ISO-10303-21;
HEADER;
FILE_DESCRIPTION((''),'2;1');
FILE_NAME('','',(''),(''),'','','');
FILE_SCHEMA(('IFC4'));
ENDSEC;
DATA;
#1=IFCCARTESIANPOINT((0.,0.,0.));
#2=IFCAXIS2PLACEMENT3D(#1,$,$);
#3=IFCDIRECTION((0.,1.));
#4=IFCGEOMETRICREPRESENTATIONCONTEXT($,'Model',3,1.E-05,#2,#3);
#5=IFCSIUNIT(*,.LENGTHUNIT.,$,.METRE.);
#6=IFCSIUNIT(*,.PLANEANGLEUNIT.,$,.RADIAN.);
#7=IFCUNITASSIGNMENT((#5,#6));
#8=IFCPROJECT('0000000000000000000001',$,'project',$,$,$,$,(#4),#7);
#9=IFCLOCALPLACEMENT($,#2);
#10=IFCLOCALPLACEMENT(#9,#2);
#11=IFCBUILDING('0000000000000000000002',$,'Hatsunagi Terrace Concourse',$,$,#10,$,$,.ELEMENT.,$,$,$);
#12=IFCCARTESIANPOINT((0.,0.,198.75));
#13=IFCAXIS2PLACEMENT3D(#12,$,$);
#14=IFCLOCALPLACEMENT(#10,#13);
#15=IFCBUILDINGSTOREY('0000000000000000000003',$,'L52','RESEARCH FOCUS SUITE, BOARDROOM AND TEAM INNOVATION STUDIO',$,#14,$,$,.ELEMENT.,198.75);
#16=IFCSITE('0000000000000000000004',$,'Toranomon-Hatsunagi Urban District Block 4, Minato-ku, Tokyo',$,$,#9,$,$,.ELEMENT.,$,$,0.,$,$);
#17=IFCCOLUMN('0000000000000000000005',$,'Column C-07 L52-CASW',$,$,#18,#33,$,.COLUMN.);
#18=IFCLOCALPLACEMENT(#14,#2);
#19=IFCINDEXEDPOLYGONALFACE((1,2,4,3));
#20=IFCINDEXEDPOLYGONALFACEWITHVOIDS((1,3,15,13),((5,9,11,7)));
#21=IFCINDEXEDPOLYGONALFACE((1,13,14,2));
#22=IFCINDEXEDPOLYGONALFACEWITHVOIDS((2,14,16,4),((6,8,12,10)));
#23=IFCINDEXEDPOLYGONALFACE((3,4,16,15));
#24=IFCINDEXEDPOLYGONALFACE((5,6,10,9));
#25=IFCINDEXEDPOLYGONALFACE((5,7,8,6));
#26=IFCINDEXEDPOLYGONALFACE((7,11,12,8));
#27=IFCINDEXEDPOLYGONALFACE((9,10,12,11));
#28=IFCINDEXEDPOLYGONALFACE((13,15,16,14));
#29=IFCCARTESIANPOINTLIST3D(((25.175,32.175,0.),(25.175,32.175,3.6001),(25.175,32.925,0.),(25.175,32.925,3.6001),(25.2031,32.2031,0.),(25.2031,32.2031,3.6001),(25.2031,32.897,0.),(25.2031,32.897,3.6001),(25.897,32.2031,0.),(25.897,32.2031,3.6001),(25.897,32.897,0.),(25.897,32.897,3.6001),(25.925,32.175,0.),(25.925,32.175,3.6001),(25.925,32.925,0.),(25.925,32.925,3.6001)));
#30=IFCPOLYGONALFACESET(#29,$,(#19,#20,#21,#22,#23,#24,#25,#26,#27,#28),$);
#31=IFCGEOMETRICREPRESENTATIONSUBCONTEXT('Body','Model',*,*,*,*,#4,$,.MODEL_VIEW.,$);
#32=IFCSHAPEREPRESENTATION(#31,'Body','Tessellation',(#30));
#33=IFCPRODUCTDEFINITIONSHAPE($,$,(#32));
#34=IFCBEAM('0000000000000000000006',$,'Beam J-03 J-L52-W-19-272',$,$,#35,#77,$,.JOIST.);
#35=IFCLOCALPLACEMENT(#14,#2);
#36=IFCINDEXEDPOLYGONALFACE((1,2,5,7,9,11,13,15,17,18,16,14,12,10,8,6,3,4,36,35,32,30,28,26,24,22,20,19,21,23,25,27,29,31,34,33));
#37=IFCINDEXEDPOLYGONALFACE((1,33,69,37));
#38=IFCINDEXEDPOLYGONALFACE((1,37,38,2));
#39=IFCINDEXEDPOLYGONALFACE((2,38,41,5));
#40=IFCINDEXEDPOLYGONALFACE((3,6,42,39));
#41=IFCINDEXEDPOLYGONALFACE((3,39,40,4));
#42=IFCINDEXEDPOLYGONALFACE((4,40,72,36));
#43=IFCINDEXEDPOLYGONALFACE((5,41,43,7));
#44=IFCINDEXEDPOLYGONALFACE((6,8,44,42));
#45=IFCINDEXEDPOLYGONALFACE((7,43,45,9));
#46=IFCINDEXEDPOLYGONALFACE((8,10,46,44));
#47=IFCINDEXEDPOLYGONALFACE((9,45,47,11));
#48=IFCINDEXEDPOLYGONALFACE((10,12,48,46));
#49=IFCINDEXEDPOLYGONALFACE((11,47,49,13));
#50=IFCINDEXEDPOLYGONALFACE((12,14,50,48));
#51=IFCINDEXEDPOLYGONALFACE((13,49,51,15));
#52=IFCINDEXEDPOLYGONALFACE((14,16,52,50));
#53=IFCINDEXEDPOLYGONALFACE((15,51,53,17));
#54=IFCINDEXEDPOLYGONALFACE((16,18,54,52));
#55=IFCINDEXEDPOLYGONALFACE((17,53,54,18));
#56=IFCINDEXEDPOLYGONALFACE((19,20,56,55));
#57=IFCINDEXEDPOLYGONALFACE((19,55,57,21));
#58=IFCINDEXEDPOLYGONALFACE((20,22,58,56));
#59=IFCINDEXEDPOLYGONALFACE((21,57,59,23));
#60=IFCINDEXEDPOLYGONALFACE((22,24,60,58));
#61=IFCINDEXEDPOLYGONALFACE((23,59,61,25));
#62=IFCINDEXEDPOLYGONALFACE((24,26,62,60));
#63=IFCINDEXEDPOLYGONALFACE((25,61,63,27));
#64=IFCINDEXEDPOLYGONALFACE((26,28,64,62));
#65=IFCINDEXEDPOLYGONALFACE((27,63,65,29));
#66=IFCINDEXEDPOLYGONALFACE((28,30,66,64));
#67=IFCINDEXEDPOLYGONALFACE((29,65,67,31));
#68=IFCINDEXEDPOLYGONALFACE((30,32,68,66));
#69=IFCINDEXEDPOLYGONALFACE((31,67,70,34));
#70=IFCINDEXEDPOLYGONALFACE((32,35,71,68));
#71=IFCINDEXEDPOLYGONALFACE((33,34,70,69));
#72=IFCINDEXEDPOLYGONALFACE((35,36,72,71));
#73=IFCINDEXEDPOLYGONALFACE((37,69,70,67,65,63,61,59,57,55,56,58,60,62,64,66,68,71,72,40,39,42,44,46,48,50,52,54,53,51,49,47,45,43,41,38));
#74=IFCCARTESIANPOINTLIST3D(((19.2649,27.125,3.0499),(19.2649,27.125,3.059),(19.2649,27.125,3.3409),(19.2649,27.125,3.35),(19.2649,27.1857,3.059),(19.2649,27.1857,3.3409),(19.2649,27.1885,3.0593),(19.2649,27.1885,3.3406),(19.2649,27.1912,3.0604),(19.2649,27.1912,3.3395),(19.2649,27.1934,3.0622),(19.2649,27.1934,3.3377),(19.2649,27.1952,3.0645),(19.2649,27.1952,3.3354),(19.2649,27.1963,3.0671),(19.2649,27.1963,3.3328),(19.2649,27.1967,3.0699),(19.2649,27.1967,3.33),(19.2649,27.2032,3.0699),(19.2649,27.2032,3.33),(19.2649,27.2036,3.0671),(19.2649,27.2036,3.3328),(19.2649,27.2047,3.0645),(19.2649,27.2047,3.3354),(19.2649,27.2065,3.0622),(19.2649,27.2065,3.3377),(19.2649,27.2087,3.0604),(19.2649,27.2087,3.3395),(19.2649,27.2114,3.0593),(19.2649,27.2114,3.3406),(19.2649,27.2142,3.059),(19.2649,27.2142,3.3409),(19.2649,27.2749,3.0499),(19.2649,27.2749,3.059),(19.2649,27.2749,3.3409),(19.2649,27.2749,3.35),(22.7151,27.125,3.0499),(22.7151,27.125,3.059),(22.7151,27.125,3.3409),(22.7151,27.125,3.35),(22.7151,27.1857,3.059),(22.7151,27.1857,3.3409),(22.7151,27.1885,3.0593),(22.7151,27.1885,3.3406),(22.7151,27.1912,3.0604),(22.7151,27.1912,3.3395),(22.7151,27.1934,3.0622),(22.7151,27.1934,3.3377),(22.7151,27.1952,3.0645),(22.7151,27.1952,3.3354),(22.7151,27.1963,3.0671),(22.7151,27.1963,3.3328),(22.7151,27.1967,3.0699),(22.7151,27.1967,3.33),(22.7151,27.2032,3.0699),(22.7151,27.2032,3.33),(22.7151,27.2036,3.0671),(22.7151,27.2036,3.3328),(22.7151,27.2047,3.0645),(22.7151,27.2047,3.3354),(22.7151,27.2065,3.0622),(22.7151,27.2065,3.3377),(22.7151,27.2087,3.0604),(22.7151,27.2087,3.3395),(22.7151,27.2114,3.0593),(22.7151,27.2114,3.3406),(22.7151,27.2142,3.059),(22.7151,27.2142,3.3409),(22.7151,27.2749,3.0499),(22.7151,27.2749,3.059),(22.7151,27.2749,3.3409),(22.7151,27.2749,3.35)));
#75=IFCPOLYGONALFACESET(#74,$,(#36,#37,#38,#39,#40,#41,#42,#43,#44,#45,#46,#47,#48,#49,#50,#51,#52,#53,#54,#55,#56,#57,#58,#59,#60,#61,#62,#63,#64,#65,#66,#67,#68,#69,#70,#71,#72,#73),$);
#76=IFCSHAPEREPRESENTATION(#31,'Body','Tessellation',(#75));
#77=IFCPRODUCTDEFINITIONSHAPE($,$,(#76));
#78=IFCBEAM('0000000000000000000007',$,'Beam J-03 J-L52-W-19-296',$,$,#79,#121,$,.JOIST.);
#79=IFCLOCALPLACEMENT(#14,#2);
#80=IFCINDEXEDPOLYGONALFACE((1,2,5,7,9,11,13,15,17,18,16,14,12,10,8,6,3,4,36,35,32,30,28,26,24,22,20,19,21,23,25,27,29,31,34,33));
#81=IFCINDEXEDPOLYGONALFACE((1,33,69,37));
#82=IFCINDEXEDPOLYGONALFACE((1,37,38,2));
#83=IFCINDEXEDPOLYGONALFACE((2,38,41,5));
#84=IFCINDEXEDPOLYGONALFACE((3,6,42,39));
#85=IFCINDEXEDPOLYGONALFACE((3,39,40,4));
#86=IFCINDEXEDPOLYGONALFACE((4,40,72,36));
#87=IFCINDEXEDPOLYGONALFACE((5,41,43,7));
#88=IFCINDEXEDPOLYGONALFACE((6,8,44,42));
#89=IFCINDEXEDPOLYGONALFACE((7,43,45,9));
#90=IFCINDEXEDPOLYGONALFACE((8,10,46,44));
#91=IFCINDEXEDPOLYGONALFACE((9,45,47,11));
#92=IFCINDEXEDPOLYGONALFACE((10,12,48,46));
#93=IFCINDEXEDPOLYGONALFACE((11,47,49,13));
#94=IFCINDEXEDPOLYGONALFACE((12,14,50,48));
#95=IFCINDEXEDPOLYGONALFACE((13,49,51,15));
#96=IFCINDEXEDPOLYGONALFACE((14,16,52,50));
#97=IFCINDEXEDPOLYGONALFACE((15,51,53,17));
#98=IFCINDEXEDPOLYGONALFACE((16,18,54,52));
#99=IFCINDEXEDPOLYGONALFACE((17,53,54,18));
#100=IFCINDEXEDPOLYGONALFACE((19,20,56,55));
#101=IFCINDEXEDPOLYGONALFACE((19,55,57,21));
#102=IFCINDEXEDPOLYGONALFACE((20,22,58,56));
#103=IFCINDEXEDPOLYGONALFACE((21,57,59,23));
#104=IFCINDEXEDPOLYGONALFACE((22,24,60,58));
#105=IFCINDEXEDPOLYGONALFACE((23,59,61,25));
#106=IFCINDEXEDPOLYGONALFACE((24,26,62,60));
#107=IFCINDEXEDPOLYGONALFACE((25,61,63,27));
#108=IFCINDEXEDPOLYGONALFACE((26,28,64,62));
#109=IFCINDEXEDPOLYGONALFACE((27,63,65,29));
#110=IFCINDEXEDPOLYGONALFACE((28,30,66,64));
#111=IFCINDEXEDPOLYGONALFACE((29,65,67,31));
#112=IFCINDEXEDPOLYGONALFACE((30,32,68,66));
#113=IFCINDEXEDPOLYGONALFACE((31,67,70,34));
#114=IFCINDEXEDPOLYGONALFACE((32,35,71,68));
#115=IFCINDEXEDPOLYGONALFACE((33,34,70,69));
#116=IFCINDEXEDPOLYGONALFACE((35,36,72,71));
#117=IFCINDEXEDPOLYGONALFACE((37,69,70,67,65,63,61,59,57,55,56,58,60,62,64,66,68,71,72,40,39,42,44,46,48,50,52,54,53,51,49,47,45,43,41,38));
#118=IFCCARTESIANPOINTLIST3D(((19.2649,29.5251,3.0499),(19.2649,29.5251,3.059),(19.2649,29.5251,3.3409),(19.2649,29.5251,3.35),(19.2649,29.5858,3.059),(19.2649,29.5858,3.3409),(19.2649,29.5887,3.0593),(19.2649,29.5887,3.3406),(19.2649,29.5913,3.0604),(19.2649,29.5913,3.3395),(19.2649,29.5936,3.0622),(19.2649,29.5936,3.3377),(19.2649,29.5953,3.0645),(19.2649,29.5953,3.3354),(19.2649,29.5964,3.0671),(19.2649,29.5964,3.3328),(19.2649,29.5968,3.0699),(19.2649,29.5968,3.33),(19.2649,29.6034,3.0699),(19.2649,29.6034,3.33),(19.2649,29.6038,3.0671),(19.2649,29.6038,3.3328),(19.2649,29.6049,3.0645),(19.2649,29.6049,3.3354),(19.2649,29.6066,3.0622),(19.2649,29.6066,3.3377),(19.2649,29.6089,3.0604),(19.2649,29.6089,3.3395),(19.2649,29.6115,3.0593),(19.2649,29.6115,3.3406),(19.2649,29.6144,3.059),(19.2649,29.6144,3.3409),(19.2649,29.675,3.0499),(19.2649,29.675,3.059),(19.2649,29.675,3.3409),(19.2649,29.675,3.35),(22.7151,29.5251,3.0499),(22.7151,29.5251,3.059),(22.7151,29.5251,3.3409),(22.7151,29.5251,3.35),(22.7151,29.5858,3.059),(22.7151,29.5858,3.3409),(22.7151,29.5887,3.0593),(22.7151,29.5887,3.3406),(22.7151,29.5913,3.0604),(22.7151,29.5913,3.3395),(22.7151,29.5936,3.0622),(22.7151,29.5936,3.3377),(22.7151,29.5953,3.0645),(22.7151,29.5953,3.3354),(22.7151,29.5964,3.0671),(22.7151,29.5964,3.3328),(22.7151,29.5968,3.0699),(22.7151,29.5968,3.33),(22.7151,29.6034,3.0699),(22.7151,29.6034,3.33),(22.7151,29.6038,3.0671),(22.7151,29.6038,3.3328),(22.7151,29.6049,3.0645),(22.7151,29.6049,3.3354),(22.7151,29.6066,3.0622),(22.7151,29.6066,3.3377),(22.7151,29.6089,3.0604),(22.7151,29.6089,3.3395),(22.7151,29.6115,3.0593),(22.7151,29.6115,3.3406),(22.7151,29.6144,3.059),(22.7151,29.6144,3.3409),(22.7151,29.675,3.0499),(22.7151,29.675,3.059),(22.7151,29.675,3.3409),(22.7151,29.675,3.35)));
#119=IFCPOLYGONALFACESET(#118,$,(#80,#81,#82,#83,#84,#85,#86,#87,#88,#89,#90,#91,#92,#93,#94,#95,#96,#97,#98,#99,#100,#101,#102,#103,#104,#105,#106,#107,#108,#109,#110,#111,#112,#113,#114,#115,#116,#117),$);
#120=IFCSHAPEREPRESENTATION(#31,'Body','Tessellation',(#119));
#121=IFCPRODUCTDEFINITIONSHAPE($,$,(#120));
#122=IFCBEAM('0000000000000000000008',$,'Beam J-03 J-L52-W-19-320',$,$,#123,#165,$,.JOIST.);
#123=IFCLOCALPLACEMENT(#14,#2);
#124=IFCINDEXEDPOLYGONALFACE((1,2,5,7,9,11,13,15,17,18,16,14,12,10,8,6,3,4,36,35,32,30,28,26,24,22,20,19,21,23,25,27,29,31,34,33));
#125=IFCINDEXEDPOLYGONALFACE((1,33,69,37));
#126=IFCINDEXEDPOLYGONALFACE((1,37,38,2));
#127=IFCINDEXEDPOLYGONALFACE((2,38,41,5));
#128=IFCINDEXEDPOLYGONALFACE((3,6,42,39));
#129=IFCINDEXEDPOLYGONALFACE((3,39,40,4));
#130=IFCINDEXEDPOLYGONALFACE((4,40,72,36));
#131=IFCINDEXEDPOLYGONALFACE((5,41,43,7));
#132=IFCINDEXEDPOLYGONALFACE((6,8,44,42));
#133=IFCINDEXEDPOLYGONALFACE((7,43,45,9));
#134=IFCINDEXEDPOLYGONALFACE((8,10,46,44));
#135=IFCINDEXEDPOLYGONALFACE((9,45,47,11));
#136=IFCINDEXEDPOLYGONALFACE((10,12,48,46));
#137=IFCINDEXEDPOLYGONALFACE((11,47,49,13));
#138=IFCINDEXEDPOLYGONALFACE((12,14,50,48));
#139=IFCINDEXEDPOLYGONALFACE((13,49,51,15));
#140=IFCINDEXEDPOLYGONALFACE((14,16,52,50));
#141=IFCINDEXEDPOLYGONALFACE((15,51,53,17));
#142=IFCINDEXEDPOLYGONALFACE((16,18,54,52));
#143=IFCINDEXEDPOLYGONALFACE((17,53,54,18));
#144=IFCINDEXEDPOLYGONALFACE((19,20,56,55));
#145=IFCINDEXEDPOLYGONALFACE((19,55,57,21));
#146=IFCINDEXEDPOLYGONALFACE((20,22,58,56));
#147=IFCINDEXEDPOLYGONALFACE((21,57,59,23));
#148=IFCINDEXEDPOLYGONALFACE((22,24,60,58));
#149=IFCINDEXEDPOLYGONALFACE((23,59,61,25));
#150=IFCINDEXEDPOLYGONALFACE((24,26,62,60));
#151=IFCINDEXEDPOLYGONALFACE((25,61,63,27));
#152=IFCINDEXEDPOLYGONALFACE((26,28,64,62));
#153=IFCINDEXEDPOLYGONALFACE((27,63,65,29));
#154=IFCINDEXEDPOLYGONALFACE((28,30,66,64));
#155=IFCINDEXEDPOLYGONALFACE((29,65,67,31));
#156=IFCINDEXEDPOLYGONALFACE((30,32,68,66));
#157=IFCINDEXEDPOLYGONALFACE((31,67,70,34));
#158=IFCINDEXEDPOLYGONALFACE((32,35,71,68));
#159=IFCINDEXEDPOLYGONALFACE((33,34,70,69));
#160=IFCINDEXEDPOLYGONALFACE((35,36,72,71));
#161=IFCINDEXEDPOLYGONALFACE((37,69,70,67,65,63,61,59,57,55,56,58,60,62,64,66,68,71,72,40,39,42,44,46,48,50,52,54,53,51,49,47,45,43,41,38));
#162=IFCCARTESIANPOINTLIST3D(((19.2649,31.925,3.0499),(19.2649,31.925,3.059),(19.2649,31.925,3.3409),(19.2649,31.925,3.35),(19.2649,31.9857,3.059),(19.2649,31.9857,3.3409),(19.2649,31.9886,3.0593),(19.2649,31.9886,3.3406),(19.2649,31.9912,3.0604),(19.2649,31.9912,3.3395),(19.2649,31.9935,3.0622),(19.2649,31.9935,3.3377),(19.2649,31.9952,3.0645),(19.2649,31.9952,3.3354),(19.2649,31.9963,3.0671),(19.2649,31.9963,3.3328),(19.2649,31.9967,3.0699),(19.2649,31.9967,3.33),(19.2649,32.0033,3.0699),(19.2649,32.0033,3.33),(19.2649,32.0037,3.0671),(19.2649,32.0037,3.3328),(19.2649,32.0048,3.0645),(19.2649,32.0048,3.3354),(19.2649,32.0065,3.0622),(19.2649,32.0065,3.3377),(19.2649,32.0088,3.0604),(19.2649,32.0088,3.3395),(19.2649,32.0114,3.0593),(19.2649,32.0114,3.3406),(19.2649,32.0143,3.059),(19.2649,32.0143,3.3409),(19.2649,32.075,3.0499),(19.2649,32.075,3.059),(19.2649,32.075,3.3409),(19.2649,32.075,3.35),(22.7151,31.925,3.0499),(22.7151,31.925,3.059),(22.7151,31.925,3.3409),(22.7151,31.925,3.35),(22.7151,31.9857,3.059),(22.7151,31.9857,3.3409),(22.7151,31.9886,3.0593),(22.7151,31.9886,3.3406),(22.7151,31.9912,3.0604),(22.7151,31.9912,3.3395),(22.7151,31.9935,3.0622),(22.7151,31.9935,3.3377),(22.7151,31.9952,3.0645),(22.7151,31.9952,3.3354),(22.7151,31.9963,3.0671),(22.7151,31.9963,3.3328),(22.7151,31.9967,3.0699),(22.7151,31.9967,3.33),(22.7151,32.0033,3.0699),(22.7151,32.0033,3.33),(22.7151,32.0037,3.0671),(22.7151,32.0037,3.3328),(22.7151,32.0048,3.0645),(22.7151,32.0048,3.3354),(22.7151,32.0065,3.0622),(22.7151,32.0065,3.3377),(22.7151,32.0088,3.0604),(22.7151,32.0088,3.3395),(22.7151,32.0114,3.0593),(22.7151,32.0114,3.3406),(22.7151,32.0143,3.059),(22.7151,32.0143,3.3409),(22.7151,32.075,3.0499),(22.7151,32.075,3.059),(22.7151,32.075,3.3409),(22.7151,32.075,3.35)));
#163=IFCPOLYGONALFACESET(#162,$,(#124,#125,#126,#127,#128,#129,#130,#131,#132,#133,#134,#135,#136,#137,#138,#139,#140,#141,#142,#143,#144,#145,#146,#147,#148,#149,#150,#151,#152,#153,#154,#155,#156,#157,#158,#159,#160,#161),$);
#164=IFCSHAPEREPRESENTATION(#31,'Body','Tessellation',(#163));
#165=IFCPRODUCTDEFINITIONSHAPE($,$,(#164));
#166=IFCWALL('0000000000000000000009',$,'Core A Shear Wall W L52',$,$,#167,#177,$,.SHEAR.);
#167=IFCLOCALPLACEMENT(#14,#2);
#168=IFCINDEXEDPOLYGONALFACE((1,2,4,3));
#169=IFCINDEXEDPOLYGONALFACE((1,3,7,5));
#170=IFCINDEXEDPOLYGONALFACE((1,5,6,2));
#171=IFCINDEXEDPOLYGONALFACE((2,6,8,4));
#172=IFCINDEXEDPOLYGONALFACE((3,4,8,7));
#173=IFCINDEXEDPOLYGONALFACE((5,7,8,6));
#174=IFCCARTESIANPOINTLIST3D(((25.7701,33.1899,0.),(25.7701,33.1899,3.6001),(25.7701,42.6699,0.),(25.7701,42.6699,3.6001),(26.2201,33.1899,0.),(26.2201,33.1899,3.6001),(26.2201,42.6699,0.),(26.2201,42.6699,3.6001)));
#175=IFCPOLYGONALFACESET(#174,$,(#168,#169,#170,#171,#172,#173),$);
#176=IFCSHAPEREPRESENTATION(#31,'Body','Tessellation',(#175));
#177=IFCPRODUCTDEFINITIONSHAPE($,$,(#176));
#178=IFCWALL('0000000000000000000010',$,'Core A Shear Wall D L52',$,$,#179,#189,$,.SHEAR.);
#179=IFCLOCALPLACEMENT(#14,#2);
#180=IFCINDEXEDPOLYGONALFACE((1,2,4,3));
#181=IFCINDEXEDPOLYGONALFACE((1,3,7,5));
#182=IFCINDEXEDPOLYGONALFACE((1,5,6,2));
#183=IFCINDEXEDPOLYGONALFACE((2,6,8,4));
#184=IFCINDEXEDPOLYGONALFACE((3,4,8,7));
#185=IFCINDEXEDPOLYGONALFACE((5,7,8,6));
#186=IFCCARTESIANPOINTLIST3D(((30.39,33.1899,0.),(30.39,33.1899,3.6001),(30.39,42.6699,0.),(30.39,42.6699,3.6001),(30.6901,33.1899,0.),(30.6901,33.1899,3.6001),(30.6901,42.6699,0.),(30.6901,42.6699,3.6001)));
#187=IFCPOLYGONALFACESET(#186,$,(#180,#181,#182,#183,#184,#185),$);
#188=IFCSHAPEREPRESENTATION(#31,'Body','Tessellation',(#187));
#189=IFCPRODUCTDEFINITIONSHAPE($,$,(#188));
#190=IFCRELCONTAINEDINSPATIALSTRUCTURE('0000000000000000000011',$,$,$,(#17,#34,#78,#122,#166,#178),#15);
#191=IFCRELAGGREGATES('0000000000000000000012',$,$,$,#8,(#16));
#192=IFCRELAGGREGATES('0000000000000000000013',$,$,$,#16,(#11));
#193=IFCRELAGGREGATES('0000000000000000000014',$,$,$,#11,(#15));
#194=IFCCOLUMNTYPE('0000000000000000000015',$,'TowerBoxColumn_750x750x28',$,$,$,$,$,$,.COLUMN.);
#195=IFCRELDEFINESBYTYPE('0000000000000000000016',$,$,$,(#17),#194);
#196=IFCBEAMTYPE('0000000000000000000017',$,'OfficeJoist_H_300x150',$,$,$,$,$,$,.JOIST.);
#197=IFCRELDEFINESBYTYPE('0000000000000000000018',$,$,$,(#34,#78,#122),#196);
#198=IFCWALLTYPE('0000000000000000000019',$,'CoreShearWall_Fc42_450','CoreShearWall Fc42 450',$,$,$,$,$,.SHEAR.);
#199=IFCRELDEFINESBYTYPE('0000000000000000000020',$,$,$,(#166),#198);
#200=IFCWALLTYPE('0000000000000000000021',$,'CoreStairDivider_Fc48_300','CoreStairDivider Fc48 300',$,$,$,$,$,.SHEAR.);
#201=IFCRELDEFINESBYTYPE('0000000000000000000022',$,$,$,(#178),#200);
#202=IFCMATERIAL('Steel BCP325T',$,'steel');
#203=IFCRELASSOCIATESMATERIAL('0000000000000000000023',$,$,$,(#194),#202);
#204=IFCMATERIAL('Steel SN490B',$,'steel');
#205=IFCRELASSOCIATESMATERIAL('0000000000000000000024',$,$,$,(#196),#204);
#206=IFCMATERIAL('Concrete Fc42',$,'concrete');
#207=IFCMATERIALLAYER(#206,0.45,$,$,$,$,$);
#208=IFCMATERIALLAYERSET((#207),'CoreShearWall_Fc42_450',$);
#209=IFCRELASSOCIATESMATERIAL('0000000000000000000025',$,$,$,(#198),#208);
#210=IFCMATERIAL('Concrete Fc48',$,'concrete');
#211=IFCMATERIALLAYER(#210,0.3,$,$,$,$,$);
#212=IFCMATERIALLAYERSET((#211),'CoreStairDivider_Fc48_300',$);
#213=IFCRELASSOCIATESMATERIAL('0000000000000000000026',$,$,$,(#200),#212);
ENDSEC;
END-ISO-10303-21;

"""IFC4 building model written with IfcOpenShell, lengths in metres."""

from ifc_helpers import new_model, si_unit, direction, frame, frame_2d, origin, origin_2d, place, context, subcontext, project, spatial, rectangle, hollow_rectangle, i_section, extrude, material, layer, layer_set, material_profile, profile_set, type_object, element, save


model = new_model("IFC4")

# Units and contexts
model_context = context("Model", 3, precision=1e-05, world=origin(), true_north=direction((0.0, 1.0)))
body_context = subcontext(model_context, "Body", "Model", "MODEL_VIEW")
ifc_project = project(units=[si_unit("LENGTHUNIT", "METRE"), si_unit("PLANEANGLEUNIT", "RADIAN")], contexts=[model_context])

# Site, building, storey
site_placement = place(None, origin())
site = spatial("IfcSite", under=ifc_project, at=site_placement, Name="Toranomon-Hatsunagi Urban District Block 4, Minato-ku, Tokyo", CompositionType="ELEMENT", RefElevation=0.0)
building_placement = place(site_placement, origin())
building = spatial("IfcBuilding", under=site, at=building_placement, Name="Hatsunagi Terrace Concourse", CompositionType="ELEMENT")
storey_placement = place(building_placement, frame((0.0, 0.0, 198.75)))
storey = spatial("IfcBuildingStorey", under=building, at=storey_placement, Name="L52", Description="RESEARCH FOCUS SUITE, BOARDROOM AND TEAM INNOVATION STUDIO", CompositionType="ELEMENT", Elevation=198.75)

# Column
ifc_material_1 = material(Name="Steel BCP325T", Category="steel")
ifc_material_profile_1 = material_profile(ifc_material_1, hollow_rectangle(XDim=0.75, YDim=0.75, WallThickness=0.0281, at=origin_2d()), Name="BCP-750x750x28")
ifc_profile_set_1 = profile_set([ifc_material_profile_1], Name="Steel BCP325T")
column_type = type_object("IfcColumnType", Name="TowerBoxColumn_750x750x28", PredefinedType="COLUMN", material=ifc_profile_set_1)
column_placement = place(storey_placement, frame((25.55, 32.55, 0.0), z_axis=(0.0, 0.0, 1.0), x_axis=(1.0, 0.0, 0.0)))
element("IfcColumn", 1, at=column_placement, inside=storey, type_object=column_type, Name="Column C-07 L52-CASW", PredefinedType="COLUMN", context=body_context, shape_type="SweptSolid", body=[
    extrude(hollow_rectangle(XDim=0.75, YDim=0.75, WallThickness=0.0281, at=origin_2d()), origin(), (0.0, 0.0, 1.0), 3.6001),
])

# Beams
ifc_material_2 = material(Name="Steel SN490B", Category="steel")
ifc_material_profile_2 = material_profile(ifc_material_2, i_section(OverallWidth=0.1499, OverallDepth=0.3, WebThickness=0.0066, FlangeThickness=0.009, FilletRadius=0.011, at=origin_2d()), Name="H-300x150x6.5x9")
ifc_profile_set_2 = profile_set([ifc_material_profile_2], Name="Steel SN490B")
beam_type = type_object("IfcBeamType", Name="OfficeJoist_H_300x150", PredefinedType="JOIST", material=ifc_profile_set_2)
for number, where, z_axis, x_axis, name in (
    (2, (19.2649, 27.2, 3.2), (1.0, 0.0, 0.0), (0.0, 1.0, 0.0), "Beam J-03 J-L52-W-19-272"),
    (3, (19.2649, 29.6001, 3.2), (1.0, 0.0, 0.0), (0.0, 1.0, 0.0), "Beam J-03 J-L52-W-19-296"),
    (4, (19.2649, 32.0, 3.2), (1.0, 0.0, 0.0), (0.0, 1.0, 0.0), "Beam J-03 J-L52-W-19-320"),
):
    element("IfcBeam", number, at=place(storey_placement, frame(where, z_axis=z_axis, x_axis=x_axis)), inside=storey, type_object=beam_type, Name=name, PredefinedType="JOIST", context=body_context, shape_type="SweptSolid", body=[
        extrude(i_section(OverallWidth=0.1499, OverallDepth=0.3, WebThickness=0.0066, FlangeThickness=0.009, FilletRadius=0.011, at=origin_2d()), origin(), (0.0, 0.0, 1.0), 3.4502),
    ])

# Shared definitions
ifc_material_3 = material(Name="Concrete Fc42", Category="concrete")
ifc_layer_1 = layer(ifc_material_3, 0.45)
ifc_layer_set_1 = layer_set([ifc_layer_1], Name="CoreShearWall_Fc42_450")
wall_type_1 = type_object("IfcWallType", Name="CoreShearWall_Fc42_450", Description="CoreShearWall Fc42 450", PredefinedType="SHEAR", material=ifc_layer_set_1)

# Walls
wall_1_placement = place(storey_placement, frame((25.9951, 33.1899, 0.0), z_axis=(0.0, 0.0, 1.0), x_axis=(0.0, 1.0, 0.0)))
element("IfcWall", 5, at=wall_1_placement, inside=storey, type_object=wall_type_1, Name="Core A Shear Wall W L52", PredefinedType="SHEAR", context=body_context, shape_type="SweptSolid", body=[
    extrude(rectangle(XDim=9.48, YDim=0.45, at=frame_2d((4.74, 0.0))), origin(), (0.0, 0.0, 1.0), 3.6001),
])
ifc_material_4 = material(Name="Concrete Fc48", Category="concrete")
ifc_layer_2 = layer(ifc_material_4, 0.3)
ifc_layer_set_2 = layer_set([ifc_layer_2], Name="CoreStairDivider_Fc48_300")
wall_type_2 = type_object("IfcWallType", Name="CoreStairDivider_Fc48_300", Description="CoreStairDivider Fc48 300", PredefinedType="SHEAR", material=ifc_layer_set_2)
wall_2_placement = place(storey_placement, frame((30.54, 33.1899, 0.0), z_axis=(0.0, 0.0, 1.0), x_axis=(0.0, 1.0, 0.0)))
element("IfcWall", 6, at=wall_2_placement, inside=storey, type_object=wall_type_2, Name="Core A Shear Wall D L52", PredefinedType="SHEAR", context=body_context, shape_type="SweptSolid", body=[
    extrude(rectangle(XDim=9.48, YDim=0.3, at=frame_2d((4.74, 0.0))), origin(), (0.0, 0.0, 1.0), 3.6001),
])

save(model, "model.ifc")
